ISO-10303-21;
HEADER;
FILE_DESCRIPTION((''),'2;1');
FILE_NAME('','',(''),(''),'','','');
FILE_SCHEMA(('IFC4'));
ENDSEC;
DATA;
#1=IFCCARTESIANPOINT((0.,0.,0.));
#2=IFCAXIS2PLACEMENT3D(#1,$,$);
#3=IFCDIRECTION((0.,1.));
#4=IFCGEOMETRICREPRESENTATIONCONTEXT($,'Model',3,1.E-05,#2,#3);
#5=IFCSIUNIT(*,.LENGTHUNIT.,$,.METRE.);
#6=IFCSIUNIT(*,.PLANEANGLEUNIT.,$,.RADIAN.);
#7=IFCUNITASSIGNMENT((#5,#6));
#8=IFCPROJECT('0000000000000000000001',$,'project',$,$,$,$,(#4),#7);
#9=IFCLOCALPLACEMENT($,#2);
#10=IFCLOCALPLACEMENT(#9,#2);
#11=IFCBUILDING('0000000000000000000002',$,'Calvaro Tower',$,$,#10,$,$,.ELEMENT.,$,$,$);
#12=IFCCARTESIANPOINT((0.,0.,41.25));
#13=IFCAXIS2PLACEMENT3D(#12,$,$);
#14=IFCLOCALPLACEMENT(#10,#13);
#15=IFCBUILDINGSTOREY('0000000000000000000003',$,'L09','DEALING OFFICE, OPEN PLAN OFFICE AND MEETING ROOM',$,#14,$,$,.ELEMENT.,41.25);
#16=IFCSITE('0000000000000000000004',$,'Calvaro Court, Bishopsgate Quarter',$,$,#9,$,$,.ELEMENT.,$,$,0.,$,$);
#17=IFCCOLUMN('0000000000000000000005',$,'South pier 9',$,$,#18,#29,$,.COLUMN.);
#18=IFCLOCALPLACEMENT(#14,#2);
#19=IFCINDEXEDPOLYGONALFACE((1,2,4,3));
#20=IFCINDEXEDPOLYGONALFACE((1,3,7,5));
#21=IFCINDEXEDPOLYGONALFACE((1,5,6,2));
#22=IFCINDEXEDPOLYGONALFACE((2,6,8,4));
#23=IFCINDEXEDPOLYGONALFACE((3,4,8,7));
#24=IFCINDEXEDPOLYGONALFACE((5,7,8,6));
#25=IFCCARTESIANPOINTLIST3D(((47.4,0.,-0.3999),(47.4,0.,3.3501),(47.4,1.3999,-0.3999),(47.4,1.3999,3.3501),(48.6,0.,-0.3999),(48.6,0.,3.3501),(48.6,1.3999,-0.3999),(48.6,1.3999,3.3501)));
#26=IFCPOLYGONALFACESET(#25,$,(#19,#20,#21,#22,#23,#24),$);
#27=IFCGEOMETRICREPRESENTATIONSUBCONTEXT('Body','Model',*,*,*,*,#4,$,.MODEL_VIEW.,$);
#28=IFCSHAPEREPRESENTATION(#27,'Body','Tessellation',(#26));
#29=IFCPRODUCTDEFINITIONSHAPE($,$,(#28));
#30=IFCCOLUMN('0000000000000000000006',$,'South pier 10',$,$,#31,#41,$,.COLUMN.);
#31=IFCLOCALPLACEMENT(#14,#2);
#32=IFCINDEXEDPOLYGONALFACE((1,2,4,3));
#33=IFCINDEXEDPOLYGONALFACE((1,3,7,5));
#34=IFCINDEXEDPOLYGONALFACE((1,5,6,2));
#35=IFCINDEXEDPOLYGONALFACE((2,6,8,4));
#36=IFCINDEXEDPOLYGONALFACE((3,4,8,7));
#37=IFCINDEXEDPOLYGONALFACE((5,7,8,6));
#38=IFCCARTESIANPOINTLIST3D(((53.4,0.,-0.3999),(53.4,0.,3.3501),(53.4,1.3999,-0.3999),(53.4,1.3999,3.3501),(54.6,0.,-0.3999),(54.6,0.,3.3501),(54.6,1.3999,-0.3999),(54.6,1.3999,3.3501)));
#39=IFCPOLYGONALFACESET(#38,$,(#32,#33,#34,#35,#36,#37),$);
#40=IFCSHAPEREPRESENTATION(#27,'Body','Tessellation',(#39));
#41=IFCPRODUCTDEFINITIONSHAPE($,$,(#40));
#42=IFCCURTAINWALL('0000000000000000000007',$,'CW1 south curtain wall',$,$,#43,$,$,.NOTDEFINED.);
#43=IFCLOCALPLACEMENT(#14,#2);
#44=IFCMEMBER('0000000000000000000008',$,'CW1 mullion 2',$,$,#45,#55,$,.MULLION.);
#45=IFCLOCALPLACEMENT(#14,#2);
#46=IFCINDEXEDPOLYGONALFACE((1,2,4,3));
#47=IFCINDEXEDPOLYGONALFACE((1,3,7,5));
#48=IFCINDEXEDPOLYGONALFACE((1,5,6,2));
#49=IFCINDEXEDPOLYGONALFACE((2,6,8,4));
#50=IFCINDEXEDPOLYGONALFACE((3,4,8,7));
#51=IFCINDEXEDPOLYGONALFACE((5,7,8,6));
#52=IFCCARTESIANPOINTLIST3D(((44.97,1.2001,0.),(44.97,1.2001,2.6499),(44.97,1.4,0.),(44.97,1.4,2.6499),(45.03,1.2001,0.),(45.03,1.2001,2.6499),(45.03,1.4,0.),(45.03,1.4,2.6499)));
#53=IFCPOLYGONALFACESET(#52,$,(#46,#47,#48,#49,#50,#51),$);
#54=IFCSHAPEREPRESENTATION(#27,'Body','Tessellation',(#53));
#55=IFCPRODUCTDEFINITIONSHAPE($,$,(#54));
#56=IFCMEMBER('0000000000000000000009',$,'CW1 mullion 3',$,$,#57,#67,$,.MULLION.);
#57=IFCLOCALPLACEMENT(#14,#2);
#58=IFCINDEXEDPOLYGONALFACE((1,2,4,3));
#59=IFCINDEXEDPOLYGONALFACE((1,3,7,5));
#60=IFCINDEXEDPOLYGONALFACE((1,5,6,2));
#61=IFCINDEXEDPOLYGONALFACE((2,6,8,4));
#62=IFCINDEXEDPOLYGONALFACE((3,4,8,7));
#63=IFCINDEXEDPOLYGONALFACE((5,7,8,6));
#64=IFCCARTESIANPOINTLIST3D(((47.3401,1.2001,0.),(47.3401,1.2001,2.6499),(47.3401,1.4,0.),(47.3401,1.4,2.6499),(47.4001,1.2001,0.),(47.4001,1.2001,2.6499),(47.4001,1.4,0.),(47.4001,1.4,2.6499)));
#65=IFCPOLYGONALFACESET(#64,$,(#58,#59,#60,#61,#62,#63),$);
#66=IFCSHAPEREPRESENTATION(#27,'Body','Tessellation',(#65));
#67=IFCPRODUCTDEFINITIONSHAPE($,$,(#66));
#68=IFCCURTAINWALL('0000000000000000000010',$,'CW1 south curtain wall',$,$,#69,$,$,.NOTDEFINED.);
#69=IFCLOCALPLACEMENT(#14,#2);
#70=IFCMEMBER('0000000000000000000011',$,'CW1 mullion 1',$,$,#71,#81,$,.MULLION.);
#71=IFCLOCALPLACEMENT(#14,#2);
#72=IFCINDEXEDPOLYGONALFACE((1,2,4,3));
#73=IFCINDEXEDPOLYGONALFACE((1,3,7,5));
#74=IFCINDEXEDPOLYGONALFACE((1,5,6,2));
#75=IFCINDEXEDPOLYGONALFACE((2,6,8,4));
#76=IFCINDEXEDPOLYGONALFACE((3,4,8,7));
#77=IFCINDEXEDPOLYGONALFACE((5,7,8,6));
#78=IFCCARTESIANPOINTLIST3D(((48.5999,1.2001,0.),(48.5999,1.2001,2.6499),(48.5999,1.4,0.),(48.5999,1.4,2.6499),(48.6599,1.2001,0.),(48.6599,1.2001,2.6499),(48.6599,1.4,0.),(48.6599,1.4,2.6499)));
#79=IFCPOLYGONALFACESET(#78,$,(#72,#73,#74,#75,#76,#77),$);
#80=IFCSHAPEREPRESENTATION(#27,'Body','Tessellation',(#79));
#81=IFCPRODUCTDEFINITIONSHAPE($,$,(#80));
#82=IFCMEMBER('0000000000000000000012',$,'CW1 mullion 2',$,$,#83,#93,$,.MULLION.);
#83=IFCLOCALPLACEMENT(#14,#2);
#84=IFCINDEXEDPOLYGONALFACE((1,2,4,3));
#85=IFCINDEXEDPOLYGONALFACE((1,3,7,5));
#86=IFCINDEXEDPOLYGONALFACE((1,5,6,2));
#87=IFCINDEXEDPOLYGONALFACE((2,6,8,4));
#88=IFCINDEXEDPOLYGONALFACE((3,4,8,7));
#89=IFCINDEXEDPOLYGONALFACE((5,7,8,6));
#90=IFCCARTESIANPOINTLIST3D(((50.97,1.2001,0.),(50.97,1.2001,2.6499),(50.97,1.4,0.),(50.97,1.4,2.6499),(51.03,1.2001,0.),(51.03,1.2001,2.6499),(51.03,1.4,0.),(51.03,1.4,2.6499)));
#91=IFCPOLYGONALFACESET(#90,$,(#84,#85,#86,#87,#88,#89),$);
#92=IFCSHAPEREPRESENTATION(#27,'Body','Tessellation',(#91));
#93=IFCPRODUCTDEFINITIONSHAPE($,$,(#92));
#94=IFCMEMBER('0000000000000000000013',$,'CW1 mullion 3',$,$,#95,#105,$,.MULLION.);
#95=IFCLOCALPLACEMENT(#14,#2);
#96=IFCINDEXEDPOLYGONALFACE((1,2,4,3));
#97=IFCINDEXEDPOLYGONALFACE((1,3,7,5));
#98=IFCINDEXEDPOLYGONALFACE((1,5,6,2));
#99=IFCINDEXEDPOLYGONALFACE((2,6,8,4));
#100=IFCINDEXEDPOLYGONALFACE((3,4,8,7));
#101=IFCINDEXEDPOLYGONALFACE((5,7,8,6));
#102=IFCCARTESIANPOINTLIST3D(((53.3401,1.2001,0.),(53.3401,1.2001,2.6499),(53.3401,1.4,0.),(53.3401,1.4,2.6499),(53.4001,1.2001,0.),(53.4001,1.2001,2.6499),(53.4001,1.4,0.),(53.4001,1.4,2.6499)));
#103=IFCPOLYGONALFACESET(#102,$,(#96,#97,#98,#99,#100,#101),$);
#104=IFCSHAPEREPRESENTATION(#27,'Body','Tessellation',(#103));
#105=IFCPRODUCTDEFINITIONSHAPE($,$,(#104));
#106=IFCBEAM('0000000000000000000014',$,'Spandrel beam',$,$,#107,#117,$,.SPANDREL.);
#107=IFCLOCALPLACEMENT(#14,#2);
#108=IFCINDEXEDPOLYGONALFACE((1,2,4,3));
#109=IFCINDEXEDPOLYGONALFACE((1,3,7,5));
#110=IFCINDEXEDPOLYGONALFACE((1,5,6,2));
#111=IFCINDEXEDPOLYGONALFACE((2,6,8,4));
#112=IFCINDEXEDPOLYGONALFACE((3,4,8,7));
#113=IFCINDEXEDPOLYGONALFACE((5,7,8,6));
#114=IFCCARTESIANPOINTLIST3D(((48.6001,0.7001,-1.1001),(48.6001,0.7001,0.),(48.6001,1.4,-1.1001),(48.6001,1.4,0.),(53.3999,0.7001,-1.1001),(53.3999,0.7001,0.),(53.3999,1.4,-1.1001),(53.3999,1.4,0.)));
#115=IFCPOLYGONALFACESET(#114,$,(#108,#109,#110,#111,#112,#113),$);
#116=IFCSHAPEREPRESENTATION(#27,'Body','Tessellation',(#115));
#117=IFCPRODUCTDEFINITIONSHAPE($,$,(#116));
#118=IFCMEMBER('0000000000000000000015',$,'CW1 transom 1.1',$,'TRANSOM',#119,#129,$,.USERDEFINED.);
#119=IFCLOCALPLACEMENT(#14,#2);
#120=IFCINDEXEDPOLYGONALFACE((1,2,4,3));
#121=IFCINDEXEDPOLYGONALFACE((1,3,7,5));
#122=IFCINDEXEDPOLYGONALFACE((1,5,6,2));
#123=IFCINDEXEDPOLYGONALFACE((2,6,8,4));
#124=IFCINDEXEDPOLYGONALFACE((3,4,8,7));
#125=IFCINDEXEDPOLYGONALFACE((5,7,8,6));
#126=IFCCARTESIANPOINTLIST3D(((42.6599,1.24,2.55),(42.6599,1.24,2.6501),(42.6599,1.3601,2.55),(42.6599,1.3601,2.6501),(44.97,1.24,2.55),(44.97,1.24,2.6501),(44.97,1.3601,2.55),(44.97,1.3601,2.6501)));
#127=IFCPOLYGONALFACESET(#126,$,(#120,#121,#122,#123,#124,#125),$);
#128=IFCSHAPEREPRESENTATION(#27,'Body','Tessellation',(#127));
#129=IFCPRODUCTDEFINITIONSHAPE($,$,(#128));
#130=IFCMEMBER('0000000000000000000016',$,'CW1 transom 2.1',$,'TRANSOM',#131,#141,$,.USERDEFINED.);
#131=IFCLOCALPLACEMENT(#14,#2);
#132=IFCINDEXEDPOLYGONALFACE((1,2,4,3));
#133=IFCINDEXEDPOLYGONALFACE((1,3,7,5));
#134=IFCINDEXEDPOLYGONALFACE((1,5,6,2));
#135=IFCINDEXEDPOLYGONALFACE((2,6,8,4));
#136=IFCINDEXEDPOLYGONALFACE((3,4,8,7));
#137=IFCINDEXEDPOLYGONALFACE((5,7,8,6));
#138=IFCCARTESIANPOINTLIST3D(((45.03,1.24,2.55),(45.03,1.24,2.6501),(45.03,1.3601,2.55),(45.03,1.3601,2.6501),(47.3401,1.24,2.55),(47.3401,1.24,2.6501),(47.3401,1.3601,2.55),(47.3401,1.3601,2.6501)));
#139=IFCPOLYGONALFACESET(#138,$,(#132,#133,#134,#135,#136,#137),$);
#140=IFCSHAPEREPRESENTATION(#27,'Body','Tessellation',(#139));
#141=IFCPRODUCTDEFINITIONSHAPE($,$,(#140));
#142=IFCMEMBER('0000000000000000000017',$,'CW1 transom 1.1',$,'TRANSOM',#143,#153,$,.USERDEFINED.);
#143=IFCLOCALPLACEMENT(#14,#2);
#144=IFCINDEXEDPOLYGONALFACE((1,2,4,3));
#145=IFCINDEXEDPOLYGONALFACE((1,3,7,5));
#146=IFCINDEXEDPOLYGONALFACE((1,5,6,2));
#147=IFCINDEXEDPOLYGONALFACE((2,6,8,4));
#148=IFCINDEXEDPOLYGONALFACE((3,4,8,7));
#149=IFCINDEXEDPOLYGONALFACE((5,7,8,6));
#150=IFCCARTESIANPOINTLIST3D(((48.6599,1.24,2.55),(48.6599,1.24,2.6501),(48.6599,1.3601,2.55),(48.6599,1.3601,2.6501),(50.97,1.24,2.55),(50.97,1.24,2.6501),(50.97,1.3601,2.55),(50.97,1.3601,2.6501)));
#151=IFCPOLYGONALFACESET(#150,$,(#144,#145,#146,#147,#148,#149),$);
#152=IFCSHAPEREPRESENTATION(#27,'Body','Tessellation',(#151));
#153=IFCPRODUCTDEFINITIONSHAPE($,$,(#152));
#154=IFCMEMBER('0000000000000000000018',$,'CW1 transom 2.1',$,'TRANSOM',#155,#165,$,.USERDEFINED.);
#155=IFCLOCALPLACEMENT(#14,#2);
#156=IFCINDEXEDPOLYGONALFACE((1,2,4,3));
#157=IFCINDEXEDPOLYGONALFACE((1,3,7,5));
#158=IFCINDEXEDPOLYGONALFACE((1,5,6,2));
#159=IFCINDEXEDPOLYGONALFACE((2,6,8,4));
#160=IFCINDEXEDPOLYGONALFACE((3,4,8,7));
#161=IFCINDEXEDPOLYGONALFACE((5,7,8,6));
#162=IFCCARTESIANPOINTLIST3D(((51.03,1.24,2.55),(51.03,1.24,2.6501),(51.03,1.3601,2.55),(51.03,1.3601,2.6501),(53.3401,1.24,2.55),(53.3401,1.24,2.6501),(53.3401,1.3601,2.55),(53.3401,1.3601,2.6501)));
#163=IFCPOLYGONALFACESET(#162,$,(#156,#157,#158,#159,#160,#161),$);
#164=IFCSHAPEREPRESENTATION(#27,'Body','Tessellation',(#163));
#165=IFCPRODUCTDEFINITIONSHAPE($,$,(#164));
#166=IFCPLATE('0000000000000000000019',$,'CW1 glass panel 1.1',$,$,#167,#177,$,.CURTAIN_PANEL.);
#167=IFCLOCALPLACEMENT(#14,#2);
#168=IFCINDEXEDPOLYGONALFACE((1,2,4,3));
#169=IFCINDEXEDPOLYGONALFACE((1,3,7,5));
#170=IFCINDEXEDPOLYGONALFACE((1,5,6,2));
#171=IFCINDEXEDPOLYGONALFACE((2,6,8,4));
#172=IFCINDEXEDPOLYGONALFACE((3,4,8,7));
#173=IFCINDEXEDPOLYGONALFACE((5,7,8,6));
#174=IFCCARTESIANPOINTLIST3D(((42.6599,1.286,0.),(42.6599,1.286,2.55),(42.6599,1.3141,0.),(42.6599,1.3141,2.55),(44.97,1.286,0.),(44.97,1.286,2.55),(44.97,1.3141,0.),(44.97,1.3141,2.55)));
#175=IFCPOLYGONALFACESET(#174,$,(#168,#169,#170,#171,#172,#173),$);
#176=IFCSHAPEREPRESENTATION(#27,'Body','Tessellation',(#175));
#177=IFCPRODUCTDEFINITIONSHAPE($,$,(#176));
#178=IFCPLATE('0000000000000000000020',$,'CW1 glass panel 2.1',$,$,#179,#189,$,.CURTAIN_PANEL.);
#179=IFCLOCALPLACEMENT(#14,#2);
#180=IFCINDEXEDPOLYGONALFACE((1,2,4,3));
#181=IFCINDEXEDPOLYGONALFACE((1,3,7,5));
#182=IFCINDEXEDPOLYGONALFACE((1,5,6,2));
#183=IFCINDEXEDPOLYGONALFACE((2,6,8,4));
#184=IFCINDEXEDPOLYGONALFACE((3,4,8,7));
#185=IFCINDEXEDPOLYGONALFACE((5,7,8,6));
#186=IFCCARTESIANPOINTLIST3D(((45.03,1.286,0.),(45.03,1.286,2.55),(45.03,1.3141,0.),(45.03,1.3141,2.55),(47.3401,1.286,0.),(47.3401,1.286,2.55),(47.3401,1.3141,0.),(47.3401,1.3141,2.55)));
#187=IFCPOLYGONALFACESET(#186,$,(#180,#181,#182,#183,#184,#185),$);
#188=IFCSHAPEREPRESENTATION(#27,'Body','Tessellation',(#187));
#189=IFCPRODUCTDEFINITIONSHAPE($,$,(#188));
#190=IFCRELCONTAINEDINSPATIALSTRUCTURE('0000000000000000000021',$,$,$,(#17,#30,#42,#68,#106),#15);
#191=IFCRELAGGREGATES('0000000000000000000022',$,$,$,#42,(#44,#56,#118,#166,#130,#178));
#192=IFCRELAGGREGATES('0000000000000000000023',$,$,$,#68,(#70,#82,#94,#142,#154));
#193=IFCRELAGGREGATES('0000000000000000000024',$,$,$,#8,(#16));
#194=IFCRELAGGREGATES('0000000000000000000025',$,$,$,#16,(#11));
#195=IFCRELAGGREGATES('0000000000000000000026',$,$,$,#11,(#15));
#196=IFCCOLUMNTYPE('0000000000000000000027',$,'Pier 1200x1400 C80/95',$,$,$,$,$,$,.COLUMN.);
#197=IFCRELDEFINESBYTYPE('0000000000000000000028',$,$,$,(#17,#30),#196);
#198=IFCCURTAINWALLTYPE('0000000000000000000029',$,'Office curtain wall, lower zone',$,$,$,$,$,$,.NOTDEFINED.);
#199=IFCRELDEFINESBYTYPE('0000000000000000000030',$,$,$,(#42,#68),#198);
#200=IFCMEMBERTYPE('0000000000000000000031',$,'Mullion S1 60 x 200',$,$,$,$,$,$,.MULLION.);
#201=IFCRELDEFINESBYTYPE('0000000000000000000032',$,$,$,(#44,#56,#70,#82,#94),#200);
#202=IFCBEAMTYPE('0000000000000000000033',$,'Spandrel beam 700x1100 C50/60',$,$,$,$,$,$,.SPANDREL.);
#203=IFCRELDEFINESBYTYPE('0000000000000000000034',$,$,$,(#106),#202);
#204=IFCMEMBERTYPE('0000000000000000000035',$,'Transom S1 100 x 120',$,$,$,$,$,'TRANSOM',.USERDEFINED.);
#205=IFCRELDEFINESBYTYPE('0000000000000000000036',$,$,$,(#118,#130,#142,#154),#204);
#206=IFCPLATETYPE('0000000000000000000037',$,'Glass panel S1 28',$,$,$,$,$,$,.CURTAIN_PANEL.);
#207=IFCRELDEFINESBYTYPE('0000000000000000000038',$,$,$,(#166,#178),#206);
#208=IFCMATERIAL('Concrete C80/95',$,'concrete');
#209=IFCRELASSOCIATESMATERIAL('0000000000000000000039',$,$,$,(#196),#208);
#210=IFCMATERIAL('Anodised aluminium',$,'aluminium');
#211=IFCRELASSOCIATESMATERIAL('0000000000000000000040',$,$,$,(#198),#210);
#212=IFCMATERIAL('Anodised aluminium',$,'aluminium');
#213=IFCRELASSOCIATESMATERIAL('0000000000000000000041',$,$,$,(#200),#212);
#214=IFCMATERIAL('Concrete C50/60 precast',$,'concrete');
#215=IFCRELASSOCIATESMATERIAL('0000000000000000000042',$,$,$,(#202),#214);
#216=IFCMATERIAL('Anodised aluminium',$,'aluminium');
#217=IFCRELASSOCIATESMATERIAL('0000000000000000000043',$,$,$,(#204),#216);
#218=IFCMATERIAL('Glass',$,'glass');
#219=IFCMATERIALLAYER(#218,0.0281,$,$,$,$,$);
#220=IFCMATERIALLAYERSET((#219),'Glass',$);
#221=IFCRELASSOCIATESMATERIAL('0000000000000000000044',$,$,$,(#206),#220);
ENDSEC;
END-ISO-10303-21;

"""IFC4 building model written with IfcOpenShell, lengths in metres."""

from ifc_helpers import new_model, si_unit, direction, frame, origin, origin_2d, place, context, subcontext, project, spatial, rectangle, extrude, material, layer, layer_set, material_profile, profile_set, type_object, element, aggregate, save


model = new_model("IFC4")

# Units and contexts
model_context = context("Model", 3, precision=1e-05, world=origin(), true_north=direction((0.0, 1.0)))
body_context = subcontext(model_context, "Body", "Model", "MODEL_VIEW")
ifc_project = project(units=[si_unit("LENGTHUNIT", "METRE"), si_unit("PLANEANGLEUNIT", "RADIAN")], contexts=[model_context])

# Site, building, storey
site_placement = place(None, origin())
site = spatial("IfcSite", under=ifc_project, at=site_placement, Name="Calvaro Court, Bishopsgate Quarter", CompositionType="ELEMENT", RefElevation=0.0)
building_placement = place(site_placement, origin())
building = spatial("IfcBuilding", under=site, at=building_placement, Name="Calvaro Tower", CompositionType="ELEMENT")
storey_placement = place(building_placement, frame((0.0, 0.0, 41.25)))
storey = spatial("IfcBuildingStorey", under=building, at=storey_placement, Name="L09", Description="DEALING OFFICE, OPEN PLAN OFFICE AND MEETING ROOM", CompositionType="ELEMENT", Elevation=41.25)

# Columns
ifc_material_1 = material(Name="Concrete C80/95", Category="concrete")
ifc_material_profile_1 = material_profile(ifc_material_1, rectangle(XDim=1.2, YDim=1.3999, at=origin_2d()), Name="RC 1200x1400")
ifc_profile_set_1 = profile_set([ifc_material_profile_1], Name="Concrete C80/95")
column_type = type_object("IfcColumnType", Name="Pier 1200x1400 C80/95", PredefinedType="COLUMN", material=ifc_profile_set_1)
for number, where, z_axis, x_axis, name in (
    (1, (48.0, 0.7, -0.3999), (0.0, 0.0, 1.0), (1.0, 0.0, 0.0), "South pier 9"),
    (2, (54.0, 0.7, -0.3999), (0.0, 0.0, 1.0), (1.0, 0.0, 0.0), "South pier 10"),
):
    element("IfcColumn", number, at=place(storey_placement, frame(where, z_axis=z_axis, x_axis=x_axis)), inside=storey, type_object=column_type, Name=name, PredefinedType="COLUMN", context=body_context, shape_type="SweptSolid", body=[
        extrude(rectangle(XDim=1.2, YDim=1.3999, at=origin_2d()), origin(), (0.0, 0.0, 1.0), 3.75),
    ])

# Curtain walls, members
ifc_material_2 = material(Name="Anodised aluminium", Category="aluminium")
curtain_wall_type = type_object("IfcCurtainWallType", Name="Office curtain wall, lower zone", PredefinedType="NOTDEFINED", material=ifc_material_2)
curtain_wall_1_placement = place(storey_placement, origin())
curtain_wall_1 = element("IfcCurtainWall", 3, at=curtain_wall_1_placement, inside=storey, type_object=curtain_wall_type, Name="CW1 south curtain wall", PredefinedType="NOTDEFINED")
ifc_material_3 = material(Name="Anodised aluminium", Category="aluminium")
ifc_material_profile_2 = material_profile(ifc_material_3, rectangle(XDim=0.2, YDim=0.0601, at=origin_2d()), Name="Mullion S1 60 x 200")
ifc_profile_set_2 = profile_set([ifc_material_profile_2], Name="Anodised aluminium")
member_type_1 = type_object("IfcMemberType", Name="Mullion S1 60 x 200", PredefinedType="MULLION", material=ifc_profile_set_2)
member_1_placement = place(storey_placement, frame((45.0, 1.3, 0.0), z_axis=(0.0, 0.0, 1.0), x_axis=(0.0, 1.0, 0.0)))
member_1 = element("IfcMember", 4, at=member_1_placement, type_object=member_type_1, Name="CW1 mullion 2", PredefinedType="MULLION", context=body_context, shape_type="SweptSolid", body=[
    extrude(rectangle(XDim=0.2, YDim=0.0601, at=origin_2d()), origin(), (0.0, 0.0, 1.0), 2.6499),
])
member_2_placement = place(storey_placement, frame((47.3701, 1.3, 0.0), z_axis=(0.0, 0.0, 1.0), x_axis=(0.0, 1.0, 0.0)))
member_2 = element("IfcMember", 5, at=member_2_placement, type_object=member_type_1, Name="CW1 mullion 3", PredefinedType="MULLION", context=body_context, shape_type="SweptSolid", body=[
    extrude(rectangle(XDim=0.2, YDim=0.0601, at=origin_2d()), origin(), (0.0, 0.0, 1.0), 2.6499),
])
curtain_wall_2_placement = place(storey_placement, origin())
curtain_wall_2 = element("IfcCurtainWall", 6, at=curtain_wall_2_placement, inside=storey, type_object=curtain_wall_type, Name="CW1 south curtain wall", PredefinedType="NOTDEFINED")
member_3_placement = place(storey_placement, frame((48.6299, 1.3, 0.0), z_axis=(0.0, 0.0, 1.0), x_axis=(0.0, 1.0, 0.0)))
member_3 = element("IfcMember", 7, at=member_3_placement, type_object=member_type_1, Name="CW1 mullion 1", PredefinedType="MULLION", context=body_context, shape_type="SweptSolid", body=[
    extrude(rectangle(XDim=0.2, YDim=0.0601, at=origin_2d()), origin(), (0.0, 0.0, 1.0), 2.6499),
])
member_4_placement = place(storey_placement, frame((51.0, 1.3, 0.0), z_axis=(0.0, 0.0, 1.0), x_axis=(0.0, 1.0, 0.0)))
member_4 = element("IfcMember", 8, at=member_4_placement, type_object=member_type_1, Name="CW1 mullion 2", PredefinedType="MULLION", context=body_context, shape_type="SweptSolid", body=[
    extrude(rectangle(XDim=0.2, YDim=0.0601, at=origin_2d()), origin(), (0.0, 0.0, 1.0), 2.6499),
])
member_5_placement = place(storey_placement, frame((53.3701, 1.3, 0.0), z_axis=(0.0, 0.0, 1.0), x_axis=(0.0, 1.0, 0.0)))
member_5 = element("IfcMember", 9, at=member_5_placement, type_object=member_type_1, Name="CW1 mullion 3", PredefinedType="MULLION", context=body_context, shape_type="SweptSolid", body=[
    extrude(rectangle(XDim=0.2, YDim=0.0601, at=origin_2d()), origin(), (0.0, 0.0, 1.0), 2.6499),
])

# Beam
ifc_material_4 = material(Name="Concrete C50/60 precast", Category="concrete")
ifc_material_profile_3 = material_profile(ifc_material_4, rectangle(XDim=0.7, YDim=1.1001, at=origin_2d()), Name="RC 700x1100")
ifc_profile_set_3 = profile_set([ifc_material_profile_3], Name="Concrete C50/60 precast")
beam_type = type_object("IfcBeamType", Name="Spandrel beam 700x1100 C50/60", PredefinedType="SPANDREL", material=ifc_profile_set_3)
beam_placement = place(storey_placement, frame((48.6001, 1.05, -0.55), z_axis=(1.0, 0.0, 0.0), x_axis=(0.0, 1.0, 0.0)))
element("IfcBeam", 10, at=beam_placement, inside=storey, type_object=beam_type, Name="Spandrel beam", PredefinedType="SPANDREL", context=body_context, shape_type="SweptSolid", body=[
    extrude(rectangle(XDim=0.7, YDim=1.1001, at=origin_2d()), origin(), (0.0, 0.0, 1.0), 4.7998),
])

# Members
ifc_material_5 = material(Name="Anodised aluminium", Category="aluminium")
ifc_material_profile_4 = material_profile(ifc_material_5, rectangle(XDim=0.1201, YDim=0.1001, at=origin_2d()), Name="Transom S1 100 x 120")
ifc_profile_set_4 = profile_set([ifc_material_profile_4], Name="Anodised aluminium")
member_type_2 = type_object("IfcMemberType", Name="Transom S1 100 x 120", ElementType="TRANSOM", PredefinedType="USERDEFINED", material=ifc_profile_set_4)
member_6_placement = place(storey_placement, frame((42.6599, 1.3, 2.6001), z_axis=(1.0, 0.0, 0.0), x_axis=(0.0, 1.0, 0.0)))
member_6 = element("IfcMember", 11, at=member_6_placement, type_object=member_type_2, Name="CW1 transom 1.1", ObjectType="TRANSOM", PredefinedType="USERDEFINED", context=body_context, shape_type="SweptSolid", body=[
    extrude(rectangle(XDim=0.1201, YDim=0.1001, at=origin_2d()), origin(), (0.0, 0.0, 1.0), 2.3101),
])
member_7_placement = place(storey_placement, frame((45.03, 1.3, 2.6001), z_axis=(1.0, 0.0, 0.0), x_axis=(0.0, 1.0, 0.0)))
member_7 = element("IfcMember", 12, at=member_7_placement, type_object=member_type_2, Name="CW1 transom 2.1", ObjectType="TRANSOM", PredefinedType="USERDEFINED", context=body_context, shape_type="SweptSolid", body=[
    extrude(rectangle(XDim=0.1201, YDim=0.1001, at=origin_2d()), origin(), (0.0, 0.0, 1.0), 2.3101),
])
member_8_placement = place(storey_placement, frame((48.6599, 1.3, 2.6001), z_axis=(1.0, 0.0, 0.0), x_axis=(0.0, 1.0, 0.0)))
member_8 = element("IfcMember", 13, at=member_8_placement, type_object=member_type_2, Name="CW1 transom 1.1", ObjectType="TRANSOM", PredefinedType="USERDEFINED", context=body_context, shape_type="SweptSolid", body=[
    extrude(rectangle(XDim=0.1201, YDim=0.1001, at=origin_2d()), origin(), (0.0, 0.0, 1.0), 2.3101),
])
member_9_placement = place(storey_placement, frame((51.03, 1.3, 2.6001), z_axis=(1.0, 0.0, 0.0), x_axis=(0.0, 1.0, 0.0)))
member_9 = element("IfcMember", 14, at=member_9_placement, type_object=member_type_2, Name="CW1 transom 2.1", ObjectType="TRANSOM", PredefinedType="USERDEFINED", context=body_context, shape_type="SweptSolid", body=[
    extrude(rectangle(XDim=0.1201, YDim=0.1001, at=origin_2d()), origin(), (0.0, 0.0, 1.0), 2.3101),
])

# Plates
ifc_material_6 = material(Name="Glass", Category="glass")
ifc_layer = layer(ifc_material_6, 0.0281)
ifc_layer_set = layer_set([ifc_layer], Name="Glass")
plate_type = type_object("IfcPlateType", Name="Glass panel S1 28", PredefinedType="CURTAIN_PANEL", material=ifc_layer_set)
plate_1_placement = place(storey_placement, frame((43.8149, 1.3, 0.0), z_axis=(0.0, 0.0, 1.0), x_axis=(1.0, 0.0, 0.0)))
plate_1 = element("IfcPlate", 15, at=plate_1_placement, type_object=plate_type, Name="CW1 glass panel 1.1", PredefinedType="CURTAIN_PANEL", context=body_context, shape_type="SweptSolid", body=[
    extrude(rectangle(XDim=2.3101, YDim=0.0281, at=origin_2d()), origin(), (0.0, 0.0, 1.0), 2.55),
])
plate_2_placement = place(storey_placement, frame((46.1851, 1.3, 0.0), z_axis=(0.0, 0.0, 1.0), x_axis=(1.0, 0.0, 0.0)))
plate_2 = element("IfcPlate", 16, at=plate_2_placement, type_object=plate_type, Name="CW1 glass panel 2.1", PredefinedType="CURTAIN_PANEL", context=body_context, shape_type="SweptSolid", body=[
    extrude(rectangle(XDim=2.3101, YDim=0.0281, at=origin_2d()), origin(), (0.0, 0.0, 1.0), 2.55),
])
aggregate(curtain_wall_1, [member_1, member_2, member_6, plate_1, member_7, plate_2])
aggregate(curtain_wall_2, [member_3, member_4, member_5, member_8, member_9])

save(model, "model.ifc")
